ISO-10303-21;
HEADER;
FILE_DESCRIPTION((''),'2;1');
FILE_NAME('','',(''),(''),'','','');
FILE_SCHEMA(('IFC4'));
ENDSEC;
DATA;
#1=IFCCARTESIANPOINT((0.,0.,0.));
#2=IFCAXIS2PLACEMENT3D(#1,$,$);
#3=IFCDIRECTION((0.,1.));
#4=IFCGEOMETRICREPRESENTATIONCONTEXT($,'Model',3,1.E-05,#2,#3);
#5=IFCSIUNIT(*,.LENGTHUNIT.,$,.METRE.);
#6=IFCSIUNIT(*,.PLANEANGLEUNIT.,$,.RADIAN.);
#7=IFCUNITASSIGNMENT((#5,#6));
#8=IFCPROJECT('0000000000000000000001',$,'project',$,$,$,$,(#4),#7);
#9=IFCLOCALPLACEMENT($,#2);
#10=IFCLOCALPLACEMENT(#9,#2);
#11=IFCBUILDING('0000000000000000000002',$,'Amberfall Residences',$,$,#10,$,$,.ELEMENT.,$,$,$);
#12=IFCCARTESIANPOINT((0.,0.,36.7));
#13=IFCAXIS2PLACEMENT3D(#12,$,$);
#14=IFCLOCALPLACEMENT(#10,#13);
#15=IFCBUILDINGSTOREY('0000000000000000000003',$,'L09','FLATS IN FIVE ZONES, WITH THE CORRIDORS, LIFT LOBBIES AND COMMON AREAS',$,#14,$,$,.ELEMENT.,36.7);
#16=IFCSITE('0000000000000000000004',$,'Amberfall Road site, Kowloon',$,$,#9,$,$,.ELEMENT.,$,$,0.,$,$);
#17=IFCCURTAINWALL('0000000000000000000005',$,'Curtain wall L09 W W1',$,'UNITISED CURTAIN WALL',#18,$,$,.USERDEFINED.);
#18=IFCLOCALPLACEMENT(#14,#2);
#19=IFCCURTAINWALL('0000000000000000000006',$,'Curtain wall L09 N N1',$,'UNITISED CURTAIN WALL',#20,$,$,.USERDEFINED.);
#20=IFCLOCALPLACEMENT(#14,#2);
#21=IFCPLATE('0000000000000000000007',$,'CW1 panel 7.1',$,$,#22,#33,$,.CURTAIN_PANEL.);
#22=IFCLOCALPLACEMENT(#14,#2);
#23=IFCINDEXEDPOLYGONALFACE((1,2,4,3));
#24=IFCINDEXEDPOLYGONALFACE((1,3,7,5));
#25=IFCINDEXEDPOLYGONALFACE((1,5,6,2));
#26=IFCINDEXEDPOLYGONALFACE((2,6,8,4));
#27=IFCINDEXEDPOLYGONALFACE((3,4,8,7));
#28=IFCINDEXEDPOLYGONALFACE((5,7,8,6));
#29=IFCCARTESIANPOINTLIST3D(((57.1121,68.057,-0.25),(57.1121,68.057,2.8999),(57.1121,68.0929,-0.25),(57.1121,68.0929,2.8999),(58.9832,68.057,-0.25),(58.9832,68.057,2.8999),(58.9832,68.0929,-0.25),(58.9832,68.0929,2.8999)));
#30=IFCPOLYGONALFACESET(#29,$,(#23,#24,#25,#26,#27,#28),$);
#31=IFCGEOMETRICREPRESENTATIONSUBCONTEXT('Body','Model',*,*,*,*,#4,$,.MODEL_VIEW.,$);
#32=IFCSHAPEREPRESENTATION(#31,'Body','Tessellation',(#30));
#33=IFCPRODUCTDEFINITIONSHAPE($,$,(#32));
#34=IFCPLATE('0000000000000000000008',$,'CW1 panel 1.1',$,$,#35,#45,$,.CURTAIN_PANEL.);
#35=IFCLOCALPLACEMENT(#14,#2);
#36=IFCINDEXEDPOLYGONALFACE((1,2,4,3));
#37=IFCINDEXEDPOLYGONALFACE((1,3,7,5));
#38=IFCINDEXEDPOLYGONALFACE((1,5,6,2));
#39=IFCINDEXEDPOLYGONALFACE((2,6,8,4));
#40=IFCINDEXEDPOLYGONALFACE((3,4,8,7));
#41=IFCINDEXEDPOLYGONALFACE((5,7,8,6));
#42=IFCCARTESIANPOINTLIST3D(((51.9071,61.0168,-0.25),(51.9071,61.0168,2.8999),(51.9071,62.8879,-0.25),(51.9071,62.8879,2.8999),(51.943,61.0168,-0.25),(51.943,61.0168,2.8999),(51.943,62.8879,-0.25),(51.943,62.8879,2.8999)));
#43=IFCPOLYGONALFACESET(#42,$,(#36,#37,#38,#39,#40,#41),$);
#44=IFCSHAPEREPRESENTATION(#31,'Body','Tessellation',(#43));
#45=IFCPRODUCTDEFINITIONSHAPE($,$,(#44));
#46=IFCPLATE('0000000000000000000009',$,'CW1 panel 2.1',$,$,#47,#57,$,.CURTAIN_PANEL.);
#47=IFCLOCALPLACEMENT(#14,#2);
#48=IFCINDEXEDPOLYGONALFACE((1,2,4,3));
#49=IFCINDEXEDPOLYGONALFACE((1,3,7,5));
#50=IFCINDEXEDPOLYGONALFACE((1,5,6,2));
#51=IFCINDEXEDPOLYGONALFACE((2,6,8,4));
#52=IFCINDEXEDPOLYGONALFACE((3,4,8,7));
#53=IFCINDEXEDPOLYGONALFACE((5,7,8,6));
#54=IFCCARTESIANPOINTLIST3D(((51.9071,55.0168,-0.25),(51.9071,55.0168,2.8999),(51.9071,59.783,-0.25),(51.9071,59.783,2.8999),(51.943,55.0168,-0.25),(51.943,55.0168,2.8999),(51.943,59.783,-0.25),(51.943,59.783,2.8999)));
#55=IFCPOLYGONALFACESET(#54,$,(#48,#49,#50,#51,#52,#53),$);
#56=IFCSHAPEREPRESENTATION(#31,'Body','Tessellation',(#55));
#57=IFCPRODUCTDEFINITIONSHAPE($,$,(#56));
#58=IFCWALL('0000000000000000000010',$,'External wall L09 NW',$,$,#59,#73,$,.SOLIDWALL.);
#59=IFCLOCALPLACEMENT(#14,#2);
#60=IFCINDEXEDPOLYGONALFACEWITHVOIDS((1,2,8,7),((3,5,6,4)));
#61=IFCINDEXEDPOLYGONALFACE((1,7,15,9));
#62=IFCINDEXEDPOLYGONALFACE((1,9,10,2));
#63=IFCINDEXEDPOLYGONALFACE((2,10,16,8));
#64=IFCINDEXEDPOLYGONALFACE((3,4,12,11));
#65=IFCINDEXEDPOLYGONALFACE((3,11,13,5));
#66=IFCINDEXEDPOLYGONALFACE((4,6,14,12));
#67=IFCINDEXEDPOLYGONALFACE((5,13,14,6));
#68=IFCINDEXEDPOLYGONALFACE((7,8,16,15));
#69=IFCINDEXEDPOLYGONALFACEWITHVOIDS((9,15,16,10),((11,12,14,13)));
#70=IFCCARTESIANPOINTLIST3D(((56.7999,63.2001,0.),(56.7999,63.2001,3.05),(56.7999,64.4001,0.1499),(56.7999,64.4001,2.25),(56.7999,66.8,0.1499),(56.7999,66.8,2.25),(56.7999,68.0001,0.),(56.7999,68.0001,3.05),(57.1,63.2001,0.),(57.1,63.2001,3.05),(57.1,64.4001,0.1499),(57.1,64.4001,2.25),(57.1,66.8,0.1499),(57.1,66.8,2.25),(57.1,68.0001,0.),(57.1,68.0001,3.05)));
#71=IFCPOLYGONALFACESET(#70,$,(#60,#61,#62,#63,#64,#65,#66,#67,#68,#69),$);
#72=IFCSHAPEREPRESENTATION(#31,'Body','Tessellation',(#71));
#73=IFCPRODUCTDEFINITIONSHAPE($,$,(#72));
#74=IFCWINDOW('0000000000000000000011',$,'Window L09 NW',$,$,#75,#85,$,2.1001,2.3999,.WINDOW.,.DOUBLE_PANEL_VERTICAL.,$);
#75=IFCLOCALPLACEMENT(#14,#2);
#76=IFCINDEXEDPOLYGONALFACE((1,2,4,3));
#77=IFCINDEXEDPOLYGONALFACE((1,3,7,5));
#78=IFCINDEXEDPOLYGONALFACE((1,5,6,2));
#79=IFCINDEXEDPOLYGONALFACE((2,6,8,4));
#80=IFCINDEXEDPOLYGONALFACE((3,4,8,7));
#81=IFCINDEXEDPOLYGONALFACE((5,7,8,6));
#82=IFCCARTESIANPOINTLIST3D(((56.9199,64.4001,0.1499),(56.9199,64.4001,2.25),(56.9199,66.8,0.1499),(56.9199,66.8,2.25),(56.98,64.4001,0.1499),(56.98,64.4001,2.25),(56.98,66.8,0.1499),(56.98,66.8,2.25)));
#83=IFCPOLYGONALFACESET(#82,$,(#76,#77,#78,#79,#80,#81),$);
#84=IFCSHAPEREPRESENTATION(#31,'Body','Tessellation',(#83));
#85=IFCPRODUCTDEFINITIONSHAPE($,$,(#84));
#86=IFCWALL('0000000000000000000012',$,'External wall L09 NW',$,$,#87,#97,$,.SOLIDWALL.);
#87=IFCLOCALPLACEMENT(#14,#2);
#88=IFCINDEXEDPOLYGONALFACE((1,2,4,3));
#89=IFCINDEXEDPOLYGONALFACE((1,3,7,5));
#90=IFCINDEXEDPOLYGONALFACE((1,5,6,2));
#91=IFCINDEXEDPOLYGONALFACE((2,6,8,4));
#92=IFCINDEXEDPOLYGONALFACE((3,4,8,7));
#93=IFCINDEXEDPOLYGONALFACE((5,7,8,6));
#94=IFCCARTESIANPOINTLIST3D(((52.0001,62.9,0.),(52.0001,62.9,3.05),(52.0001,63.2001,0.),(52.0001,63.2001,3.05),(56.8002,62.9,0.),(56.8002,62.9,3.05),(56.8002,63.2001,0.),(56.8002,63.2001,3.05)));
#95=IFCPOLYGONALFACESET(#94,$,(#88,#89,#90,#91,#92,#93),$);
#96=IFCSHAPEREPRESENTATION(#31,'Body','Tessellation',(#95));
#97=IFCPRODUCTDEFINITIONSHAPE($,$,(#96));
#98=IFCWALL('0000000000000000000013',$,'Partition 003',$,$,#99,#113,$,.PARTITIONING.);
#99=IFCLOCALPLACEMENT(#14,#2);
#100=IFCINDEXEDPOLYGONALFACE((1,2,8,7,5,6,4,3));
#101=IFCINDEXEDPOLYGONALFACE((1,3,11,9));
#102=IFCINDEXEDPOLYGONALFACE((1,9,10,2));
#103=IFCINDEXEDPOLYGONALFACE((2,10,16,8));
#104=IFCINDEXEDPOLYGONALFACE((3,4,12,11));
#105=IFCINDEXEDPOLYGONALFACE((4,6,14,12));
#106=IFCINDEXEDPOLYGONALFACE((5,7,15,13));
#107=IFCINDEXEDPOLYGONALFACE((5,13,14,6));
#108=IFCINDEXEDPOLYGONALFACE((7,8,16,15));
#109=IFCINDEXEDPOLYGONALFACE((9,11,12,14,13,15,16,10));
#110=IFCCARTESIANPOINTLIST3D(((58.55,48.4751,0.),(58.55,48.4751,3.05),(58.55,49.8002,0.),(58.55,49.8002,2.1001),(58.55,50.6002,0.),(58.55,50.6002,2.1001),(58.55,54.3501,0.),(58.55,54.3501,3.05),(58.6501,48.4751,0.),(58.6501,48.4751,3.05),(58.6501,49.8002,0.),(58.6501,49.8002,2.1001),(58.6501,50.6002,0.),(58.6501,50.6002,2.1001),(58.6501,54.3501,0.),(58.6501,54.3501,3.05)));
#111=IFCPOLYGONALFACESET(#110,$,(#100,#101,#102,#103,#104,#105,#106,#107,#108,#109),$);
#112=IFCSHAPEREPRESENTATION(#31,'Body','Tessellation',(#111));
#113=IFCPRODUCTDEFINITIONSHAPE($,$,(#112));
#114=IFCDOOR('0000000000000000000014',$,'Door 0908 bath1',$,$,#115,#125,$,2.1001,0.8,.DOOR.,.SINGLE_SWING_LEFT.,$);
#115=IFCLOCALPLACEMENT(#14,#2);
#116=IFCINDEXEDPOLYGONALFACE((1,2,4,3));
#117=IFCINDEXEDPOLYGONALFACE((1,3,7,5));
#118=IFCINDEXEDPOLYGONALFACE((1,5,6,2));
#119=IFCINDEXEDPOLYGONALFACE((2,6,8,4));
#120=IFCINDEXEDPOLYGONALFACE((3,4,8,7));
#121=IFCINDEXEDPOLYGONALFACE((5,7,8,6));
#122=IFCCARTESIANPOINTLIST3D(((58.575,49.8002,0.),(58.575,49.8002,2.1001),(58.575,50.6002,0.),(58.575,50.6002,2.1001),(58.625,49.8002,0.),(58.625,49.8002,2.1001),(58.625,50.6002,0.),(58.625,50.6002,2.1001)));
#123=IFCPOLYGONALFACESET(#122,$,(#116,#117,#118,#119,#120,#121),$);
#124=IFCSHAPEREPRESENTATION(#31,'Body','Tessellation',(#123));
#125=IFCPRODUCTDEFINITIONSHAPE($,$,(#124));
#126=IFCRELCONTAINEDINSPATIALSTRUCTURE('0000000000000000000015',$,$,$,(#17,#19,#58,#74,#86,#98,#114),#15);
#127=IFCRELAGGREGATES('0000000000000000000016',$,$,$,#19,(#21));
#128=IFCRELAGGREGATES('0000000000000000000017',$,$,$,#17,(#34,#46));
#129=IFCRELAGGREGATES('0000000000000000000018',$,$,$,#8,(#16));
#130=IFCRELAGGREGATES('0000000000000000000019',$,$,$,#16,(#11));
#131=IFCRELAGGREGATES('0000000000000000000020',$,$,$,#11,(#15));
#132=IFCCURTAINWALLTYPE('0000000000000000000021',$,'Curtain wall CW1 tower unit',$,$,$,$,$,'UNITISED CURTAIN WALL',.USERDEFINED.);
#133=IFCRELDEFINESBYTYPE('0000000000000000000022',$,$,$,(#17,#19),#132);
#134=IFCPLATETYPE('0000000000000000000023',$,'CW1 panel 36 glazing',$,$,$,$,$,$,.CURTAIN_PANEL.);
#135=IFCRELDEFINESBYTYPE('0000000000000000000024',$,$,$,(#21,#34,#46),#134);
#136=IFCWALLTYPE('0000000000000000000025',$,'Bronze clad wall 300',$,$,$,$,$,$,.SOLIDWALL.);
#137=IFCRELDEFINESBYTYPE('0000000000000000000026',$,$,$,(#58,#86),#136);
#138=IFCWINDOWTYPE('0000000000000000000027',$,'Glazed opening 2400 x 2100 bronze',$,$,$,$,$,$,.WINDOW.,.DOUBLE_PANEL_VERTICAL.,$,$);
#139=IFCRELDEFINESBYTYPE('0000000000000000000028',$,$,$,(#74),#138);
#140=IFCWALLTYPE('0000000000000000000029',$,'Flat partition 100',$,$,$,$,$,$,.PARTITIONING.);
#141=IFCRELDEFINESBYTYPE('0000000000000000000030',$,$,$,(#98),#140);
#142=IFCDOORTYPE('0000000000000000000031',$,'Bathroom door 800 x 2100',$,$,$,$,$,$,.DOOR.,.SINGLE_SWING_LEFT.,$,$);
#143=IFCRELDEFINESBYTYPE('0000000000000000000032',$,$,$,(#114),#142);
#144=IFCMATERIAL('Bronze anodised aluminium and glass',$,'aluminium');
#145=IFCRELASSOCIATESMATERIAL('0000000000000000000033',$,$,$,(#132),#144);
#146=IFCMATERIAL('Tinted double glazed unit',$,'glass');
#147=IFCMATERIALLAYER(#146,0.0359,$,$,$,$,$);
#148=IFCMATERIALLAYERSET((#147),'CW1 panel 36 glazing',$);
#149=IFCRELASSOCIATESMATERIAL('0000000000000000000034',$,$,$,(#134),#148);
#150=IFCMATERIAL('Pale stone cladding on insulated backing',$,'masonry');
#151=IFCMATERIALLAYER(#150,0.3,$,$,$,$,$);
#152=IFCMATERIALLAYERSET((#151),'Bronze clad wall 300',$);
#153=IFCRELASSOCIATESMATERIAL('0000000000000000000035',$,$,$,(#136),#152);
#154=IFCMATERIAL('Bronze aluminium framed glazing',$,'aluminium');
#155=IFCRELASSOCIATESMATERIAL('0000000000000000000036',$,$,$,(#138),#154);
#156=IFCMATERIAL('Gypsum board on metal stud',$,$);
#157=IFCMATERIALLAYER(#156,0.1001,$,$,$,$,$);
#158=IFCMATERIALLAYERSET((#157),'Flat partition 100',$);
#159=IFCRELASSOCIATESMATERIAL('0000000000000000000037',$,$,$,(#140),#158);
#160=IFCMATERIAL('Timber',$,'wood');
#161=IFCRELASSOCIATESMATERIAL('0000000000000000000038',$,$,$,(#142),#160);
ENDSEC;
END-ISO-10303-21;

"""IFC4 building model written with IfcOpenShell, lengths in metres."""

from ifc_helpers import new_model, si_unit, direction, frame, frame_2d, origin, origin_2d, place, context, subcontext, project, spatial, rectangle, extrude, material, layer, layer_set, type_object, element, fill, aggregate, save


model = new_model("IFC4")

# Units and contexts
model_context = context("Model", 3, precision=1e-05, world=origin(), true_north=direction((0.0, 1.0)))
body_context = subcontext(model_context, "Body", "Model", "MODEL_VIEW")
ifc_project = project(units=[si_unit("LENGTHUNIT", "METRE"), si_unit("PLANEANGLEUNIT", "RADIAN")], contexts=[model_context])

# Site, building, storey
site_placement = place(None, origin())
site = spatial("IfcSite", under=ifc_project, at=site_placement, Name="Amberfall Road site, Kowloon", CompositionType="ELEMENT", RefElevation=0.0)
building_placement = place(site_placement, origin())
building = spatial("IfcBuilding", under=site, at=building_placement, Name="Amberfall Residences", CompositionType="ELEMENT")
storey_placement = place(building_placement, frame((0.0, 0.0, 36.7)))
storey = spatial("IfcBuildingStorey", under=building, at=storey_placement, Name="L09", Description="FLATS IN FIVE ZONES, WITH THE CORRIDORS, LIFT LOBBIES AND COMMON AREAS", CompositionType="ELEMENT", Elevation=36.7)

# Curtain wall
ifc_material_1 = material(Name="Bronze anodised aluminium and glass", Category="aluminium")
curtain_wall_type = type_object("IfcCurtainWallType", Name="Curtain wall CW1 tower unit", ElementType="UNITISED CURTAIN WALL", PredefinedType="USERDEFINED", material=ifc_material_1)
curtain_wall_1_placement = place(storey_placement, origin())
curtain_wall_1 = element("IfcCurtainWall", 1, at=curtain_wall_1_placement, inside=storey, type_object=curtain_wall_type, Name="Curtain wall L09 W W1", ObjectType="UNITISED CURTAIN WALL", PredefinedType="USERDEFINED")

# Curtain wall
curtain_wall_2_placement = place(storey_placement, origin())
curtain_wall_2 = element("IfcCurtainWall", 2, at=curtain_wall_2_placement, inside=storey, type_object=curtain_wall_type, Name="Curtain wall L09 N N1", ObjectType="UNITISED CURTAIN WALL", PredefinedType="USERDEFINED")

# Plates
ifc_material_2 = material(Name="Tinted double glazed unit", Category="glass")
ifc_layer_1 = layer(ifc_material_2, 0.0359)
ifc_layer_set_1 = layer_set([ifc_layer_1], Name="CW1 panel 36 glazing")
plate_type = type_object("IfcPlateType", Name="CW1 panel 36 glazing", PredefinedType="CURTAIN_PANEL", material=ifc_layer_set_1)
plate_1_placement = place(storey_placement, frame((58.0476, 68.075, -0.25), z_axis=(0.0, 0.0, 1.0), x_axis=(-1.0, 0.0, 0.0)))
plate_1 = element("IfcPlate", 3, at=plate_1_placement, type_object=plate_type, Name="CW1 panel 7.1", PredefinedType="CURTAIN_PANEL", context=body_context, shape_type="SweptSolid", body=[
    extrude(rectangle(XDim=1.8711, YDim=0.0359, at=origin_2d()), origin(), (0.0, 0.0, 1.0), 3.1499),
])
aggregate(curtain_wall_2, [plate_1])
plate_2_placement = place(storey_placement, frame((51.925, 61.9524, -0.25), z_axis=(0.0, 0.0, 1.0), x_axis=(0.0, -1.0, 0.0)))
plate_2 = element("IfcPlate", 4, at=plate_2_placement, type_object=plate_type, Name="CW1 panel 1.1", PredefinedType="CURTAIN_PANEL", context=body_context, shape_type="SweptSolid", body=[
    extrude(rectangle(XDim=1.8711, YDim=0.0359, at=origin_2d()), origin(), (0.0, 0.0, 1.0), 3.1499),
])
plate_3_placement = place(storey_placement, frame((51.925, 57.3999, -0.25), z_axis=(0.0, 0.0, 1.0), x_axis=(0.0, -1.0, 0.0)))
plate_3 = element("IfcPlate", 5, at=plate_3_placement, type_object=plate_type, Name="CW1 panel 2.1", PredefinedType="CURTAIN_PANEL", context=body_context, shape_type="SweptSolid", body=[
    extrude(rectangle(XDim=4.7661, YDim=0.0359, at=origin_2d()), origin(), (0.0, 0.0, 1.0), 3.1499),
])
aggregate(curtain_wall_1, [plate_2, plate_3])

# Wall, opening, window
ifc_material_3 = material(Name="Pale stone cladding on insulated backing", Category="masonry")
ifc_layer_2 = layer(ifc_material_3, 0.3)
ifc_layer_set_2 = layer_set([ifc_layer_2], Name="Bronze clad wall 300")
wall_type_1 = type_object("IfcWallType", Name="Bronze clad wall 300", PredefinedType="SOLIDWALL", material=ifc_layer_set_2)
wall_1_placement = place(storey_placement, frame((56.95, 68.0, 0.0), z_axis=(0.0, 0.0, 1.0), x_axis=(0.0, -1.0, 0.0)))
wall_1 = element("IfcWall", 6, at=wall_1_placement, inside=storey, type_object=wall_type_1, Name="External wall L09 NW", PredefinedType="SOLIDWALL", context=body_context, shape_type="SweptSolid", body=[
    extrude(rectangle(XDim=4.8, YDim=0.3, at=frame_2d((2.3999, 0.0))), origin(), (0.0, 0.0, 1.0), 3.05),
])
opening_1_placement = place(wall_1_placement, frame((1.2, 0.0, 0.1499)))
opening_1 = element("IfcOpeningElement", 7, at=opening_1_placement, cuts=wall_1, PredefinedType="OPENING", context=body_context, shape_type="SweptSolid", body=[
    extrude(rectangle(XDim=2.3999, YDim=2.1001, at=frame_2d((1.2, 1.05))), frame((0.0, 0.1599, 0.0), z_axis=(0.0, -1.0, 0.0), x_axis=(1.0, 0.0, 0.0)), (0.0, 0.0, 1.0), 0.3201),
])
ifc_material_4 = material(Name="Bronze aluminium framed glazing", Category="aluminium")
window_type = type_object("IfcWindowType", Name="Glazed opening 2400 x 2100 bronze", PartitioningType="DOUBLE_PANEL_VERTICAL", PredefinedType="WINDOW", material=ifc_material_4)
window_placement = place(opening_1_placement, origin())
window = element("IfcWindow", 8, at=window_placement, inside=storey, type_object=window_type, Name="Window L09 NW", OverallHeight=2.1001, OverallWidth=2.3999, PartitioningType="DOUBLE_PANEL_VERTICAL", PredefinedType="WINDOW", context=body_context, shape_type="SweptSolid", body=[
    extrude(rectangle(XDim=2.3999, YDim=2.1001, at=frame_2d((1.2, 1.05))), frame((0.0, 0.03, 0.0), z_axis=(0.0, -1.0, 0.0), x_axis=(1.0, 0.0, 0.0)), (0.0, 0.0, 1.0), 0.0601),
])
fill(opening_1, window)

# Wall
wall_2_placement = place(storey_placement, frame((56.8, 63.05, 0.0), z_axis=(0.0, 0.0, 1.0), x_axis=(-1.0, 0.0, 0.0)))
element("IfcWall", 9, at=wall_2_placement, inside=storey, type_object=wall_type_1, Name="External wall L09 NW", PredefinedType="SOLIDWALL", context=body_context, shape_type="SweptSolid", body=[
    extrude(rectangle(XDim=4.8, YDim=0.3, at=frame_2d((2.3999, 0.0))), origin(), (0.0, 0.0, 1.0), 3.05),
])

# Wall, opening, door
ifc_material_5 = material(Name="Gypsum board on metal stud")
ifc_layer_3 = layer(ifc_material_5, 0.1001)
ifc_layer_set_3 = layer_set([ifc_layer_3], Name="Flat partition 100")
wall_type_2 = type_object("IfcWallType", Name="Flat partition 100", PredefinedType="PARTITIONING", material=ifc_layer_set_3)
wall_3_placement = place(storey_placement, frame((58.6001, 54.3501, 0.0), z_axis=(0.0, 0.0, 1.0), x_axis=(0.0, -1.0, 0.0)))
wall_3 = element("IfcWall", 10, at=wall_3_placement, inside=storey, type_object=wall_type_2, Name="Partition 003", PredefinedType="PARTITIONING", context=body_context, shape_type="SweptSolid", body=[
    extrude(rectangle(XDim=5.875, YDim=0.1001, at=frame_2d((2.9375, 0.0))), origin(), (0.0, 0.0, 1.0), 3.05),
])
opening_2_placement = place(wall_3_placement, frame((3.75, 0.0, 0.0)))
opening_2 = element("IfcOpeningElement", 11, at=opening_2_placement, cuts=wall_3, PredefinedType="OPENING", context=body_context, shape_type="SweptSolid", body=[
    extrude(rectangle(XDim=0.8, YDim=2.1001, at=frame_2d((0.3999, 1.05))), frame((0.0, 0.0601, 0.0), z_axis=(0.0, -1.0, 0.0), x_axis=(1.0, 0.0, 0.0)), (0.0, 0.0, 1.0), 0.1201),
])
ifc_material_6 = material(Name="Timber", Category="wood")
door_type = type_object("IfcDoorType", Name="Bathroom door 800 x 2100", OperationType="SINGLE_SWING_LEFT", PredefinedType="DOOR", material=ifc_material_6)
door_placement = place(opening_2_placement, origin())
door = element("IfcDoor", 12, at=door_placement, inside=storey, type_object=door_type, Name="Door 0908 bath1", OperationType="SINGLE_SWING_LEFT", OverallHeight=2.1001, OverallWidth=0.8, PredefinedType="DOOR", context=body_context, shape_type="SweptSolid", body=[
    extrude(rectangle(XDim=0.8, YDim=2.1001, at=frame_2d((0.3999, 1.05))), frame((0.0, 0.0249, 0.0), z_axis=(0.0, -1.0, 0.0), x_axis=(1.0, 0.0, 0.0)), (0.0, 0.0, 1.0), 0.05),
])
fill(opening_2, door)

save(model, "model.ifc")
